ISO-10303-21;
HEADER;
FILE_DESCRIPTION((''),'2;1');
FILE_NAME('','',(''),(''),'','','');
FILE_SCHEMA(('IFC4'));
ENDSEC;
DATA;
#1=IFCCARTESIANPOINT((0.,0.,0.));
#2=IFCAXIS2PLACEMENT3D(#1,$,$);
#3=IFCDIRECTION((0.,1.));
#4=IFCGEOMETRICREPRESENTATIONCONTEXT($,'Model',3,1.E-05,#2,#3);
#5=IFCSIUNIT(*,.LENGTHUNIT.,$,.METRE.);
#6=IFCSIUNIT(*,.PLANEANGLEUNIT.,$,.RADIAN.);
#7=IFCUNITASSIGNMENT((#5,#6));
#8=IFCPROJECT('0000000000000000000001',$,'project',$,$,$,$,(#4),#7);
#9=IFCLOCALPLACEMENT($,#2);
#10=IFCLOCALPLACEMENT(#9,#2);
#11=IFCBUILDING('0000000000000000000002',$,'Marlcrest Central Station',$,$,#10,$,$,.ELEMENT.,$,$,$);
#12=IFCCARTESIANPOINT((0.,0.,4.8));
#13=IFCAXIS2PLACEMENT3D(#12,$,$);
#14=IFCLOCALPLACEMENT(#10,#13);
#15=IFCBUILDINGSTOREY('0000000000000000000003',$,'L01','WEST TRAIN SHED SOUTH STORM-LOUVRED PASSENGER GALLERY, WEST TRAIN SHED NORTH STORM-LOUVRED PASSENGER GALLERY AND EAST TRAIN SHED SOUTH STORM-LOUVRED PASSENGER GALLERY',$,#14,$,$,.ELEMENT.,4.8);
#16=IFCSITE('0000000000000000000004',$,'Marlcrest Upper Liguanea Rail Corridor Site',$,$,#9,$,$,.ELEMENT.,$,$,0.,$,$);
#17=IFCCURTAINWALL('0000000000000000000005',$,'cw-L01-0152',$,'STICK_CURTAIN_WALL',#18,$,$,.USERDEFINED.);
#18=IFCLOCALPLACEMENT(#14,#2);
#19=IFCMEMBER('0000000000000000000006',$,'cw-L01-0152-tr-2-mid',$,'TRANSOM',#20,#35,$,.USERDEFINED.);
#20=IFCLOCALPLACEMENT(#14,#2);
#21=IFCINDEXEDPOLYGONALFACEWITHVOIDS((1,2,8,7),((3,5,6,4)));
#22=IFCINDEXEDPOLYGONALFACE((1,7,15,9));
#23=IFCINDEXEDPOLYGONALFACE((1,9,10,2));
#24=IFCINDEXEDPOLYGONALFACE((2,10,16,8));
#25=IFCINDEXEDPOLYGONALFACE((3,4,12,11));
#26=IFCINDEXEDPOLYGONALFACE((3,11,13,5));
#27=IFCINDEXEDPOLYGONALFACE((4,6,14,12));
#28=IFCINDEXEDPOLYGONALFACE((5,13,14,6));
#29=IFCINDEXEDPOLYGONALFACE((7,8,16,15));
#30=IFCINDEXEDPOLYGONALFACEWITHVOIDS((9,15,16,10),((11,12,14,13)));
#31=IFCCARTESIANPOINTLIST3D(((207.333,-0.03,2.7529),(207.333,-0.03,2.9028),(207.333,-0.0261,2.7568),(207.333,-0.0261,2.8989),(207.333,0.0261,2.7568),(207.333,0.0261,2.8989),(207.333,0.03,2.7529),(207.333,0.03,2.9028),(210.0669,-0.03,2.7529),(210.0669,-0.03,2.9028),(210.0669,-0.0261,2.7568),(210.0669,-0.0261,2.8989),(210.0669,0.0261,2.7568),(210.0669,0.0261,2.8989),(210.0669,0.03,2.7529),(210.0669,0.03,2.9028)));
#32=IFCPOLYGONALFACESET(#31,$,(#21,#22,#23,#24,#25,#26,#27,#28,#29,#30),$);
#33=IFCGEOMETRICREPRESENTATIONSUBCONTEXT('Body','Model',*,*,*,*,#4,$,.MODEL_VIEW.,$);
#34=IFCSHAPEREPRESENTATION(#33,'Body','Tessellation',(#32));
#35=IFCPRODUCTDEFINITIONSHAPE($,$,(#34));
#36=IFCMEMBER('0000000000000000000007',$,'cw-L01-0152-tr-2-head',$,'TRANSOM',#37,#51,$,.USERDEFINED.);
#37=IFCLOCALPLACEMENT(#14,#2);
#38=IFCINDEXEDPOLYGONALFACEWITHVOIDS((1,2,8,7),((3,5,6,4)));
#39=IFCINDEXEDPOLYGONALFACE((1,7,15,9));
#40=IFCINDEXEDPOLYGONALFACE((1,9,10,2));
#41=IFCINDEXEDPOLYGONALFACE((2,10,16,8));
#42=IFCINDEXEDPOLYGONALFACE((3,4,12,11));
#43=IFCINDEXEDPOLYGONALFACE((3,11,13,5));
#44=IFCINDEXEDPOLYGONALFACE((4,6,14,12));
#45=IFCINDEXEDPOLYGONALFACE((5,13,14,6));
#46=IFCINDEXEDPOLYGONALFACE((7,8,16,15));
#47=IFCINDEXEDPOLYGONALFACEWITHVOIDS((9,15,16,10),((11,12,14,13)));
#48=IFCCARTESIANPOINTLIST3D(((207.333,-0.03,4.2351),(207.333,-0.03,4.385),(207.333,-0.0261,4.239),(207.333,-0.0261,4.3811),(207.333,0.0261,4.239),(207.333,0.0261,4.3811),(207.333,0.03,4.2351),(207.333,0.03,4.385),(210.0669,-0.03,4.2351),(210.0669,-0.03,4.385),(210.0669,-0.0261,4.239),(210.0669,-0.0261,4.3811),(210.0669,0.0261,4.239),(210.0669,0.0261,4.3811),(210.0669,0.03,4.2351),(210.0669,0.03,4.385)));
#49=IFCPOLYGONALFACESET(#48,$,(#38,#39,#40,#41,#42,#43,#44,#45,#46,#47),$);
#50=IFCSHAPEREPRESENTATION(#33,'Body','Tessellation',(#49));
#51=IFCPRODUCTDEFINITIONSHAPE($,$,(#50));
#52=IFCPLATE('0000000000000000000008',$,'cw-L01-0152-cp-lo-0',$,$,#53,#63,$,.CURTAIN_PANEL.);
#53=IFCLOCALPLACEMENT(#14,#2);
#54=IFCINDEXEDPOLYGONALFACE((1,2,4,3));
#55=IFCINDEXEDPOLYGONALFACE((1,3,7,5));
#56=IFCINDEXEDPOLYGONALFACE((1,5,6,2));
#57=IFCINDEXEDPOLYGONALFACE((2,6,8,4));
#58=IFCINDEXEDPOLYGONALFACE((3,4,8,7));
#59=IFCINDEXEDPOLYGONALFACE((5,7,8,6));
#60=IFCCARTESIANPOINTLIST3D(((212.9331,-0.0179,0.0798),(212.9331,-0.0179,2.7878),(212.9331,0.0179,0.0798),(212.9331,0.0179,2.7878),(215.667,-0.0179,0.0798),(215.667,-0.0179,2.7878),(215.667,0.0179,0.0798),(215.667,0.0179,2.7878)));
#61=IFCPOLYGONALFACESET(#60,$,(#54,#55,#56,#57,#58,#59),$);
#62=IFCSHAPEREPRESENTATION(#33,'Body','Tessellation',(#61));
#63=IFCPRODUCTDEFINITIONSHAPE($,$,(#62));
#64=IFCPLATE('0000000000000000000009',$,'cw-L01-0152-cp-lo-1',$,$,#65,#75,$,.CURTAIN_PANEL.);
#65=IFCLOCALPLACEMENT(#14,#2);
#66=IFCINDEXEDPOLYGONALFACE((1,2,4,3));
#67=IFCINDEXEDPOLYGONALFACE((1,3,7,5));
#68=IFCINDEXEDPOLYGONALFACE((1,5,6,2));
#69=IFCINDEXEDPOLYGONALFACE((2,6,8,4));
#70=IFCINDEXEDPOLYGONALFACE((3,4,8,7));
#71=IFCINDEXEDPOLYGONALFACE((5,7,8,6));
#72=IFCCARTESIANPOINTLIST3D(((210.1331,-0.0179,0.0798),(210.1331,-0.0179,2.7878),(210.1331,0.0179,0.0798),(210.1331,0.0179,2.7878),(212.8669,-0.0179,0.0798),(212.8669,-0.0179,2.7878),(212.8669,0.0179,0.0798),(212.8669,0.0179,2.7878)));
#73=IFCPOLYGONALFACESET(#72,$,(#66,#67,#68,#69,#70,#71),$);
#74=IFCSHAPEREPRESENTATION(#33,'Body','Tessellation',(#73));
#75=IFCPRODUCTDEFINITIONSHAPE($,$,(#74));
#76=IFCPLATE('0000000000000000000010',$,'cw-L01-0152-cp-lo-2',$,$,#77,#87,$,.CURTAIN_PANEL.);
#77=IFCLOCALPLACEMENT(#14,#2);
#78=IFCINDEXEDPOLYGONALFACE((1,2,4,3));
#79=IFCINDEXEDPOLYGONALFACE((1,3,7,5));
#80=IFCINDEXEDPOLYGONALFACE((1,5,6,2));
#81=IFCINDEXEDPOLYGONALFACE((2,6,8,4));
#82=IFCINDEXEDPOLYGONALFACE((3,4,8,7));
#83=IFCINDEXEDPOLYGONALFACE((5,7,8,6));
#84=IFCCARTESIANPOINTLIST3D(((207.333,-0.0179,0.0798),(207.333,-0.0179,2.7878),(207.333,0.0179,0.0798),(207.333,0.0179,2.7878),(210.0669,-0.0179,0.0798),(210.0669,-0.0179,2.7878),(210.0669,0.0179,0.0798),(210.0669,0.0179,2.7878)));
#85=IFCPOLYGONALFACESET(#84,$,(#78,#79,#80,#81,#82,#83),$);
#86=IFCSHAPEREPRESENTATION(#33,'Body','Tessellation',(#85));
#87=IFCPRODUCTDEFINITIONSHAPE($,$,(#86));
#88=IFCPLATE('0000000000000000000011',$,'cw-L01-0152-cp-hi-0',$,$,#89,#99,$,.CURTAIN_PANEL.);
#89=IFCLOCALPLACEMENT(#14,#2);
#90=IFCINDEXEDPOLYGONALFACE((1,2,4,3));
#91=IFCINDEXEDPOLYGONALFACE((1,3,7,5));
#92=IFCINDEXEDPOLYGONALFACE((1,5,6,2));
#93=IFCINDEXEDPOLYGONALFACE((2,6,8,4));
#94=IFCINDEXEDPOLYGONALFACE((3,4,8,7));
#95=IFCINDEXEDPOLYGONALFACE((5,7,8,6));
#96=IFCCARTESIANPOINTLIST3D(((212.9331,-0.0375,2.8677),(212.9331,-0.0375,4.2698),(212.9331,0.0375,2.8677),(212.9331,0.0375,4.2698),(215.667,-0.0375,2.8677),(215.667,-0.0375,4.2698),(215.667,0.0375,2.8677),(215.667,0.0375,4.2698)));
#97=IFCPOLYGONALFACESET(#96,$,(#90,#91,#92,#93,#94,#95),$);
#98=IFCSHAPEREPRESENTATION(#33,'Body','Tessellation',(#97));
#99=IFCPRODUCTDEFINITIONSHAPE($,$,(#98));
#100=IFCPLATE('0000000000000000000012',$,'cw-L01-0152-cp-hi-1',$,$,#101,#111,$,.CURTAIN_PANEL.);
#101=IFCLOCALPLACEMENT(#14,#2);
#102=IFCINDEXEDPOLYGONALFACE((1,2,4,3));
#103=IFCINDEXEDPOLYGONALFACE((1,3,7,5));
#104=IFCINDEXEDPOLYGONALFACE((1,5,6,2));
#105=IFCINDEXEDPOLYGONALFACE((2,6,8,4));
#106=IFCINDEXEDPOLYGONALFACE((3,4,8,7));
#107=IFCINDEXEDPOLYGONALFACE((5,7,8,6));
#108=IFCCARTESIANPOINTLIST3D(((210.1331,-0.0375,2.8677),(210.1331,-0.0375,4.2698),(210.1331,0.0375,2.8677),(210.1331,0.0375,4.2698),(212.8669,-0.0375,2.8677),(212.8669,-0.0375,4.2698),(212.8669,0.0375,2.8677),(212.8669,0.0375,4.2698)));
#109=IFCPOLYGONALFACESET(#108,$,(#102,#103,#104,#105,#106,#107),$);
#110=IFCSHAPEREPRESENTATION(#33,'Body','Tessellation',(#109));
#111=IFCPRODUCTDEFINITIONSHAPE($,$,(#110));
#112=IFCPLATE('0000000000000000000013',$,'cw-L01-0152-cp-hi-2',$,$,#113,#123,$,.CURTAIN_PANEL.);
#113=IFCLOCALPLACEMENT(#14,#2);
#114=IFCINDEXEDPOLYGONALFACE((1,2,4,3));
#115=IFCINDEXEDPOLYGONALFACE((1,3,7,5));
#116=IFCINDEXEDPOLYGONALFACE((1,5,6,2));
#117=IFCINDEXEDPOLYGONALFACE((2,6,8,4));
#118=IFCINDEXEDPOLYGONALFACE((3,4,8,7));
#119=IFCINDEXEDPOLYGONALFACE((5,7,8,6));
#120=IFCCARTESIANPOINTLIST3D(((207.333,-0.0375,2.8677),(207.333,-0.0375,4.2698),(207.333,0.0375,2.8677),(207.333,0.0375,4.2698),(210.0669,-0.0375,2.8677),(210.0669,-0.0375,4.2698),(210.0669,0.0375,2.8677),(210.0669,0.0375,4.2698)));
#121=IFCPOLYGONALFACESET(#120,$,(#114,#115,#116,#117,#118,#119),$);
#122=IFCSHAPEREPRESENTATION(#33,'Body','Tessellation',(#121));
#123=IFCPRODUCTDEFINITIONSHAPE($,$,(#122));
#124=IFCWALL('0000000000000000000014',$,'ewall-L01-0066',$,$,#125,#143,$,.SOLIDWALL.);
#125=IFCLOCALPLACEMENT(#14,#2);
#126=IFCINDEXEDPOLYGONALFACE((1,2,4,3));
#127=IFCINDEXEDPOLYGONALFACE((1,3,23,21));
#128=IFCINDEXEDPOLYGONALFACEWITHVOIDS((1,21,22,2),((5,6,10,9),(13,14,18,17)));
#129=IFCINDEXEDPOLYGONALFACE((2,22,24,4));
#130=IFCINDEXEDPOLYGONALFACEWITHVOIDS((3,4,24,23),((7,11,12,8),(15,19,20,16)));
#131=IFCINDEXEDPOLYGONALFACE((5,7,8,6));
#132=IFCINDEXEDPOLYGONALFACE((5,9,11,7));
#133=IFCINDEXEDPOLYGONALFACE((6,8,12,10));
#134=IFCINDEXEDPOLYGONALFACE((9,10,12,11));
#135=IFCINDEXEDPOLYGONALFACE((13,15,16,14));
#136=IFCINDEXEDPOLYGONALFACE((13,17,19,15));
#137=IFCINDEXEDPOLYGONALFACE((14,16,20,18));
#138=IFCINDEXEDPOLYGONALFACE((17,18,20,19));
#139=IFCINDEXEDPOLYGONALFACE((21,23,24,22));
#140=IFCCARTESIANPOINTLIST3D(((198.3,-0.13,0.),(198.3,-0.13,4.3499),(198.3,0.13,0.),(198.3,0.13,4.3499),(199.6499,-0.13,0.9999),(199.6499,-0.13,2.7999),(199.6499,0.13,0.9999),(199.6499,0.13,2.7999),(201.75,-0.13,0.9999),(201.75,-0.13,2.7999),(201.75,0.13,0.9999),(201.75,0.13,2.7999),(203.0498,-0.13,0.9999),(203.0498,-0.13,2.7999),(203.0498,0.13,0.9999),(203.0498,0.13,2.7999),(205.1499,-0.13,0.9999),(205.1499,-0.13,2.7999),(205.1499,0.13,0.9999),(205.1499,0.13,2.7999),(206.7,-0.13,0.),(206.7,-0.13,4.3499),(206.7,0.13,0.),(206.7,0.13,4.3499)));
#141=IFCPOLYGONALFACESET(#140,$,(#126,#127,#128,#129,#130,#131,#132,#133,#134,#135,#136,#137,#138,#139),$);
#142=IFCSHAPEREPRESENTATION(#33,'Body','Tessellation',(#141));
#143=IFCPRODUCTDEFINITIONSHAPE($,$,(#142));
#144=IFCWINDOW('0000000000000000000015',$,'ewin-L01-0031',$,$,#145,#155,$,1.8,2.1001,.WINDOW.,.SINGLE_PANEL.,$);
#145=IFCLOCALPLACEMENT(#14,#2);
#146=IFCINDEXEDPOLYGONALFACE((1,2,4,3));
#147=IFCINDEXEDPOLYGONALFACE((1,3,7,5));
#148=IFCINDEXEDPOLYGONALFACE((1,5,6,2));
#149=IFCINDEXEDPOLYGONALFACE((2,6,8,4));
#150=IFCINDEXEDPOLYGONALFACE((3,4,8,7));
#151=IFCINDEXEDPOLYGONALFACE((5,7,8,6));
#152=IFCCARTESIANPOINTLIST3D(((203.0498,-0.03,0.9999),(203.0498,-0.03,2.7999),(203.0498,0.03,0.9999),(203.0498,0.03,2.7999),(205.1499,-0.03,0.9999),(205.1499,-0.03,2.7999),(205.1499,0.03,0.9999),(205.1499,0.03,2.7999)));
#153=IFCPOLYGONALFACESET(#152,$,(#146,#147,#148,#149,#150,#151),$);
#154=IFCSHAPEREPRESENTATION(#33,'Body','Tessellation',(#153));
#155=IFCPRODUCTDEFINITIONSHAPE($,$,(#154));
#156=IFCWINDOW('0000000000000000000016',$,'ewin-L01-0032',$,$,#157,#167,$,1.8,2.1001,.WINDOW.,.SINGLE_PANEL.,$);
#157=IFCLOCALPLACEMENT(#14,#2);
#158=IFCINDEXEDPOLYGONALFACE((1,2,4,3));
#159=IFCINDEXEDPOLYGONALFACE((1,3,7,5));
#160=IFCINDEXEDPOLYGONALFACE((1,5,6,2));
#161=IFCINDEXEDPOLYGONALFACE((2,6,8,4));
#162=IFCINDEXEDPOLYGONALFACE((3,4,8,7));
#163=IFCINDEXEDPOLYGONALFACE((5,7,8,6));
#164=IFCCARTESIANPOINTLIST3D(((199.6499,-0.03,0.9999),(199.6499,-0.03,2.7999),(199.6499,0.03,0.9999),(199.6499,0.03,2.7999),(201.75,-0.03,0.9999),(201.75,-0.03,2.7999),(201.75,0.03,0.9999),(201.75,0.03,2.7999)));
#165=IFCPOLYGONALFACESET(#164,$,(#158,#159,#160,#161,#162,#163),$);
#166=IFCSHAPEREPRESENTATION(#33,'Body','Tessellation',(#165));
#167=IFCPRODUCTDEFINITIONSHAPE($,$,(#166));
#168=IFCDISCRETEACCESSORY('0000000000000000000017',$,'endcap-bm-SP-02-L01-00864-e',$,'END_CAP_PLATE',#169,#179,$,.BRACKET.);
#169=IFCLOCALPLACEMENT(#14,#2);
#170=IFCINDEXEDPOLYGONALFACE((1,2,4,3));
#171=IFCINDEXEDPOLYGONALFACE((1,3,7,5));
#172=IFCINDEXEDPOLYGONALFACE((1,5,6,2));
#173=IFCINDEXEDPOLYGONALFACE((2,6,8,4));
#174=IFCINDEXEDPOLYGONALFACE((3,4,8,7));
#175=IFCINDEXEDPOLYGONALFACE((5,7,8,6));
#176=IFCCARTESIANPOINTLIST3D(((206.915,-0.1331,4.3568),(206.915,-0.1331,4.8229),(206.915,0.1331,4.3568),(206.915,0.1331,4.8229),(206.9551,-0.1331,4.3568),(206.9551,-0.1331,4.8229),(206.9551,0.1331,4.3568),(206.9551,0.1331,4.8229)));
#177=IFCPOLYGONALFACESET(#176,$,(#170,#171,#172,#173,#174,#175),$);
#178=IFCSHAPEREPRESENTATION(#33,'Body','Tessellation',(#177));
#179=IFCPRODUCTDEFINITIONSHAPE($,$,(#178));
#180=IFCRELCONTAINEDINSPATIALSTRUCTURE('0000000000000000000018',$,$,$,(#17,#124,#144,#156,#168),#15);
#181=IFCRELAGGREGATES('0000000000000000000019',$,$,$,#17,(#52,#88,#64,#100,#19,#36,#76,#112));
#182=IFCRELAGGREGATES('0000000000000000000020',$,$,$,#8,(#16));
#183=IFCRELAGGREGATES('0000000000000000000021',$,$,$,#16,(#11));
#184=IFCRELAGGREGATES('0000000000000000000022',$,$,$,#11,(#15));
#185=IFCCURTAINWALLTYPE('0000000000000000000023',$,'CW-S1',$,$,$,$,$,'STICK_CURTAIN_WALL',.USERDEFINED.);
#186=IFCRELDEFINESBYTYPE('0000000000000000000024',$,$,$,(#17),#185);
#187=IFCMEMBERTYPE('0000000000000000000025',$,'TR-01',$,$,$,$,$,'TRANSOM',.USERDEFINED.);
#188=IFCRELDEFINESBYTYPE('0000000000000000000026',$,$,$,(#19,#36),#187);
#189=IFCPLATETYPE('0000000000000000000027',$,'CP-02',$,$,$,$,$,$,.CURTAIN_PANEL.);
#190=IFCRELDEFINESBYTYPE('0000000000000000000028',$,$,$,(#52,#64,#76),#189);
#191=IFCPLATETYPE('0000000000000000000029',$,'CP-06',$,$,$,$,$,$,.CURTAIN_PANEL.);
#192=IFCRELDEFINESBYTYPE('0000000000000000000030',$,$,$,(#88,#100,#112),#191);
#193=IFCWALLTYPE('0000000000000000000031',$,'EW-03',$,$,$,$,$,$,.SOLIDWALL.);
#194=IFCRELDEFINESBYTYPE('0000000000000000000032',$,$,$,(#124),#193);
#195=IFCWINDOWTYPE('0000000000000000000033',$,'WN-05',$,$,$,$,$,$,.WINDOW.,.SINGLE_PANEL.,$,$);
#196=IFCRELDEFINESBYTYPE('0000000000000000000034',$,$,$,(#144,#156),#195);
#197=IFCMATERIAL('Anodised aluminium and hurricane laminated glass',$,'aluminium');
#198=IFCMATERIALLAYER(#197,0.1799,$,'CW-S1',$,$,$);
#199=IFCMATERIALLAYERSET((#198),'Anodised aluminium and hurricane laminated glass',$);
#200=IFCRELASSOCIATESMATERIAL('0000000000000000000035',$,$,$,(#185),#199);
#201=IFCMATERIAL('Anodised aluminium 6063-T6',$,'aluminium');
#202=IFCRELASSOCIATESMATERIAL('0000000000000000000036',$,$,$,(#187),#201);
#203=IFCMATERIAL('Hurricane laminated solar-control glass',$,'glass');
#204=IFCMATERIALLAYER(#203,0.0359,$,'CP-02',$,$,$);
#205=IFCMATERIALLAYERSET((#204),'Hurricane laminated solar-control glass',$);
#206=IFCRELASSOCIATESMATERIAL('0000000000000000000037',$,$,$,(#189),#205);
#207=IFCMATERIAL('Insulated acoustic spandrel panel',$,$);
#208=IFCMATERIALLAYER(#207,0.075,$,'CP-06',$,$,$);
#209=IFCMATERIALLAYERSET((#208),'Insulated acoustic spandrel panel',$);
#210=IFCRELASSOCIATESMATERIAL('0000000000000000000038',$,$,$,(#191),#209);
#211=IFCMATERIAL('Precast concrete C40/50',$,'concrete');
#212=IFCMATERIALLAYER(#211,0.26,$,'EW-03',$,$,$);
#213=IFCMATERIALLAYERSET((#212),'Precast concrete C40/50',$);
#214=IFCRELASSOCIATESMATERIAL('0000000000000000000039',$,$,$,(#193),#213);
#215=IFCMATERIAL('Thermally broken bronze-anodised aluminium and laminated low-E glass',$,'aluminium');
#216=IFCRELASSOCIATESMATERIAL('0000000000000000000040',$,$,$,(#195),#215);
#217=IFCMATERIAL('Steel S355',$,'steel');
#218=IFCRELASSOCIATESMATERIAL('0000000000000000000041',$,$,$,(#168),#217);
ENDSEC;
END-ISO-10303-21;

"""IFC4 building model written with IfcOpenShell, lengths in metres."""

from ifc_helpers import new_model, si_unit, direction, frame, frame_2d, origin, origin_2d, place, context, subcontext, project, spatial, rectangle, hollow_rectangle, extrude, material, layer, layer_set, material_profile, profile_set, type_object, element, fill, aggregate, save


model = new_model("IFC4")

# Units and contexts
model_context = context("Model", 3, precision=1e-05, world=origin(), true_north=direction((0.0, 1.0)))
body_context = subcontext(model_context, "Body", "Model", "MODEL_VIEW")
ifc_project = project(units=[si_unit("LENGTHUNIT", "METRE"), si_unit("PLANEANGLEUNIT", "RADIAN")], contexts=[model_context])

# Site, building, storey
site_placement = place(None, origin())
site = spatial("IfcSite", under=ifc_project, at=site_placement, Name="Marlcrest Upper Liguanea Rail Corridor Site", CompositionType="ELEMENT", RefElevation=0.0)
building_placement = place(site_placement, origin())
building = spatial("IfcBuilding", under=site, at=building_placement, Name="Marlcrest Central Station", CompositionType="ELEMENT")
storey_placement = place(building_placement, frame((0.0, 0.0, 4.8)))
storey = spatial("IfcBuildingStorey", under=building, at=storey_placement, Name="L01", Description="WEST TRAIN SHED SOUTH STORM-LOUVRED PASSENGER GALLERY, WEST TRAIN SHED NORTH STORM-LOUVRED PASSENGER GALLERY AND EAST TRAIN SHED SOUTH STORM-LOUVRED PASSENGER GALLERY", CompositionType="ELEMENT", Elevation=4.8)

# Curtain wall
ifc_material_1 = material(Name="Anodised aluminium and hurricane laminated glass", Category="aluminium")
ifc_layer_1 = layer(ifc_material_1, 0.1799, Name="CW-S1")
ifc_layer_set_1 = layer_set([ifc_layer_1], Name="Anodised aluminium and hurricane laminated glass")
curtain_wall_type = type_object("IfcCurtainWallType", Name="CW-S1", ElementType="STICK_CURTAIN_WALL", PredefinedType="USERDEFINED", material=ifc_layer_set_1)
curtain_wall_placement = place(storey_placement, origin())
curtain_wall = element("IfcCurtainWall", 1, at=curtain_wall_placement, inside=storey, type_object=curtain_wall_type, Name="cw-L01-0152", ObjectType="STICK_CURTAIN_WALL", PredefinedType="USERDEFINED")
ifc_material_2 = material(Name="Anodised aluminium 6063-T6", Category="aluminium")

# Shared definitions
ifc_material_3 = material(Name="Steel S355", Category="steel")

# Members
ifc_material_profile_1 = material_profile(ifc_material_2, hollow_rectangle(XDim=0.0601, YDim=0.1499, WallThickness=0.0039, at=origin_2d()), Name="AA-RHS 150x60x4")
ifc_profile_set_1 = profile_set([ifc_material_profile_1], Name="Anodised aluminium 6063-T6")
member_type_1 = type_object("IfcMemberType", Name="TR-01", ElementType="TRANSOM", PredefinedType="USERDEFINED", material=ifc_profile_set_1)
member_1_placement = place(storey_placement, frame((210.0669, 0.0, 2.8279), z_axis=(-1.0, 0.0, 0.0), x_axis=(0.0, -1.0, 0.0)))
member_1 = element("IfcMember", 2, at=member_1_placement, type_object=member_type_1, Name="cw-L01-0152-tr-2-mid", ObjectType="TRANSOM", PredefinedType="USERDEFINED", context=body_context, shape_type="SweptSolid", body=[
    extrude(hollow_rectangle(XDim=0.0601, YDim=0.1499, WallThickness=0.0039, at=origin_2d()), origin(), (0.0, 0.0, 1.0), 2.7339),
])
member_2_placement = place(storey_placement, frame((210.0669, 0.0, 4.3101), z_axis=(-1.0, 0.0, 0.0), x_axis=(0.0, -1.0, 0.0)))
member_2 = element("IfcMember", 3, at=member_2_placement, type_object=member_type_1, Name="cw-L01-0152-tr-2-head", ObjectType="TRANSOM", PredefinedType="USERDEFINED", context=body_context, shape_type="SweptSolid", body=[
    extrude(hollow_rectangle(XDim=0.0601, YDim=0.1499, WallThickness=0.0039, at=origin_2d()), origin(), (0.0, 0.0, 1.0), 2.7339),
])

# Plates
ifc_material_4 = material(Name="Hurricane laminated solar-control glass", Category="glass")
ifc_layer_2 = layer(ifc_material_4, 0.0359, Name="CP-02")
ifc_layer_set_2 = layer_set([ifc_layer_2], Name="Hurricane laminated solar-control glass")
plate_type_1 = type_object("IfcPlateType", Name="CP-02", PredefinedType="CURTAIN_PANEL", material=ifc_layer_set_2)
plate_1_placement = place(storey_placement, frame((214.3, 0.0, 0.0798), z_axis=(0.0, 0.0, 1.0), x_axis=(-1.0, 0.0, 0.0)))
plate_1 = element("IfcPlate", 4, at=plate_1_placement, type_object=plate_type_1, Name="cw-L01-0152-cp-lo-0", PredefinedType="CURTAIN_PANEL", context=body_context, shape_type="SweptSolid", body=[
    extrude(rectangle(XDim=2.7339, YDim=0.0359, at=origin_2d()), origin(), (0.0, 0.0, 1.0), 2.708),
])
plate_2_placement = place(storey_placement, frame((211.5, 0.0, 0.0798), z_axis=(0.0, 0.0, 1.0), x_axis=(-1.0, 0.0, 0.0)))
plate_2 = element("IfcPlate", 5, at=plate_2_placement, type_object=plate_type_1, Name="cw-L01-0152-cp-lo-1", PredefinedType="CURTAIN_PANEL", context=body_context, shape_type="SweptSolid", body=[
    extrude(rectangle(XDim=2.7339, YDim=0.0359, at=origin_2d()), origin(), (0.0, 0.0, 1.0), 2.708),
])
plate_3_placement = place(storey_placement, frame((208.7, 0.0, 0.0798), z_axis=(0.0, 0.0, 1.0), x_axis=(-1.0, 0.0, 0.0)))
plate_3 = element("IfcPlate", 6, at=plate_3_placement, type_object=plate_type_1, Name="cw-L01-0152-cp-lo-2", PredefinedType="CURTAIN_PANEL", context=body_context, shape_type="SweptSolid", body=[
    extrude(rectangle(XDim=2.7339, YDim=0.0359, at=origin_2d()), origin(), (0.0, 0.0, 1.0), 2.708),
])
ifc_material_5 = material(Name="Insulated acoustic spandrel panel")
ifc_layer_3 = layer(ifc_material_5, 0.075, Name="CP-06")
ifc_layer_set_3 = layer_set([ifc_layer_3], Name="Insulated acoustic spandrel panel")
plate_type_2 = type_object("IfcPlateType", Name="CP-06", PredefinedType="CURTAIN_PANEL", material=ifc_layer_set_3)
plate_4_placement = place(storey_placement, frame((214.3, 0.0, 2.8677), z_axis=(0.0, 0.0, 1.0), x_axis=(-1.0, 0.0, 0.0)))
plate_4 = element("IfcPlate", 7, at=plate_4_placement, type_object=plate_type_2, Name="cw-L01-0152-cp-hi-0", PredefinedType="CURTAIN_PANEL", context=body_context, shape_type="SweptSolid", body=[
    extrude(rectangle(XDim=2.7339, YDim=0.075, at=origin_2d()), origin(), (0.0, 0.0, 1.0), 1.4021),
])
plate_5_placement = place(storey_placement, frame((211.5, 0.0, 2.8677), z_axis=(0.0, 0.0, 1.0), x_axis=(-1.0, 0.0, 0.0)))
plate_5 = element("IfcPlate", 8, at=plate_5_placement, type_object=plate_type_2, Name="cw-L01-0152-cp-hi-1", PredefinedType="CURTAIN_PANEL", context=body_context, shape_type="SweptSolid", body=[
    extrude(rectangle(XDim=2.7339, YDim=0.075, at=origin_2d()), origin(), (0.0, 0.0, 1.0), 1.4021),
])
plate_6_placement = place(storey_placement, frame((208.7, 0.0, 2.8677), z_axis=(0.0, 0.0, 1.0), x_axis=(-1.0, 0.0, 0.0)))
plate_6 = element("IfcPlate", 9, at=plate_6_placement, type_object=plate_type_2, Name="cw-L01-0152-cp-hi-2", PredefinedType="CURTAIN_PANEL", context=body_context, shape_type="SweptSolid", body=[
    extrude(rectangle(XDim=2.7339, YDim=0.075, at=origin_2d()), origin(), (0.0, 0.0, 1.0), 1.4021),
])
aggregate(curtain_wall, [plate_1, plate_4, plate_2, plate_5, member_1, member_2, plate_3, plate_6])

# Wall, openings, windows
ifc_material_6 = material(Name="Precast concrete C40/50", Category="concrete")
ifc_layer_4 = layer(ifc_material_6, 0.26, Name="EW-03")
ifc_layer_set_4 = layer_set([ifc_layer_4], Name="Precast concrete C40/50")
wall_type = type_object("IfcWallType", Name="EW-03", PredefinedType="SOLIDWALL", material=ifc_layer_set_4)
wall_placement = place(storey_placement, frame((206.7, 0.0, 0.0), z_axis=(0.0, 0.0, 1.0), x_axis=(-1.0, 0.0, 0.0)))
wall = element("IfcWall", 10, at=wall_placement, inside=storey, type_object=wall_type, Name="ewall-L01-0066", PredefinedType="SOLIDWALL", context=body_context, shape_type="SweptSolid", body=[
    extrude(rectangle(XDim=8.3999, YDim=0.26, at=frame_2d((4.2, 0.0))), origin(), (0.0, 0.0, 1.0), 4.3499),
])
opening_1_placement = place(wall_placement, frame((1.55, 0.0, 1.0)))
opening_1 = element("IfcOpeningElement", 11, at=opening_1_placement, cuts=wall, PredefinedType="OPENING", context=body_context, shape_type="SweptSolid", body=[
    extrude(rectangle(XDim=2.1001, YDim=1.8, at=frame_2d((1.05, 0.8999))), frame((0.0, 0.1399, 0.0), z_axis=(0.0, -1.0, 0.0), x_axis=(1.0, 0.0, 0.0)), (0.0, 0.0, 1.0), 0.28),
])
opening_2_placement = place(wall_placement, frame((4.95, 0.0, 1.0)))
opening_2 = element("IfcOpeningElement", 12, at=opening_2_placement, cuts=wall, PredefinedType="OPENING", context=body_context, shape_type="SweptSolid", body=[
    extrude(rectangle(XDim=2.1001, YDim=1.8, at=frame_2d((1.05, 0.8999))), frame((0.0, 0.1399, 0.0), z_axis=(0.0, -1.0, 0.0), x_axis=(1.0, 0.0, 0.0)), (0.0, 0.0, 1.0), 0.28),
])
ifc_material_7 = material(Name="Thermally broken bronze-anodised aluminium and laminated low-E glass", Category="aluminium")
window_type = type_object("IfcWindowType", Name="WN-05", PartitioningType="SINGLE_PANEL", PredefinedType="WINDOW", material=ifc_material_7)
window_1_placement = place(opening_1_placement, origin())
window_1 = element("IfcWindow", 13, at=window_1_placement, inside=storey, type_object=window_type, Name="ewin-L01-0031", OverallHeight=1.8, OverallWidth=2.1001, PartitioningType="SINGLE_PANEL", PredefinedType="WINDOW", context=body_context, shape_type="SweptSolid", body=[
    extrude(rectangle(XDim=2.1001, YDim=1.8, at=frame_2d((1.05, 0.8999))), frame((0.0, 0.03, 0.0), z_axis=(0.0, -1.0, 0.0), x_axis=(1.0, 0.0, 0.0)), (0.0, 0.0, 1.0), 0.0601),
])
fill(opening_1, window_1)
window_2_placement = place(opening_2_placement, origin())
window_2 = element("IfcWindow", 14, at=window_2_placement, inside=storey, type_object=window_type, Name="ewin-L01-0032", OverallHeight=1.8, OverallWidth=2.1001, PartitioningType="SINGLE_PANEL", PredefinedType="WINDOW", context=body_context, shape_type="SweptSolid", body=[
    extrude(rectangle(XDim=2.1001, YDim=1.8, at=frame_2d((1.05, 0.8999))), frame((0.0, 0.03, 0.0), z_axis=(0.0, -1.0, 0.0), x_axis=(1.0, 0.0, 0.0)), (0.0, 0.0, 1.0), 0.0601),
])
fill(opening_2, window_2)

# Discrete accessory
for number, where, z_axis, x_axis, name in (
    (15, (206.915, 0.0, 4.5898), (1.0, 0.0, 0.0), (0.0, 1.0, 0.0), "endcap-bm-SP-02-L01-00864-e"),
):
    element("IfcDiscreteAccessory", number, at=place(storey_placement, frame(where, z_axis=z_axis, x_axis=x_axis)), inside=storey, material=ifc_material_3, Name=name, ObjectType="END_CAP_PLATE", PredefinedType="BRACKET", context=body_context, shape_type="SweptSolid", body=[
        extrude(rectangle(XDim=0.2661, YDim=0.4661, at=origin_2d()), origin(), (0.0, 0.0, 1.0), 0.04),
    ])

save(model, "model.ifc")
